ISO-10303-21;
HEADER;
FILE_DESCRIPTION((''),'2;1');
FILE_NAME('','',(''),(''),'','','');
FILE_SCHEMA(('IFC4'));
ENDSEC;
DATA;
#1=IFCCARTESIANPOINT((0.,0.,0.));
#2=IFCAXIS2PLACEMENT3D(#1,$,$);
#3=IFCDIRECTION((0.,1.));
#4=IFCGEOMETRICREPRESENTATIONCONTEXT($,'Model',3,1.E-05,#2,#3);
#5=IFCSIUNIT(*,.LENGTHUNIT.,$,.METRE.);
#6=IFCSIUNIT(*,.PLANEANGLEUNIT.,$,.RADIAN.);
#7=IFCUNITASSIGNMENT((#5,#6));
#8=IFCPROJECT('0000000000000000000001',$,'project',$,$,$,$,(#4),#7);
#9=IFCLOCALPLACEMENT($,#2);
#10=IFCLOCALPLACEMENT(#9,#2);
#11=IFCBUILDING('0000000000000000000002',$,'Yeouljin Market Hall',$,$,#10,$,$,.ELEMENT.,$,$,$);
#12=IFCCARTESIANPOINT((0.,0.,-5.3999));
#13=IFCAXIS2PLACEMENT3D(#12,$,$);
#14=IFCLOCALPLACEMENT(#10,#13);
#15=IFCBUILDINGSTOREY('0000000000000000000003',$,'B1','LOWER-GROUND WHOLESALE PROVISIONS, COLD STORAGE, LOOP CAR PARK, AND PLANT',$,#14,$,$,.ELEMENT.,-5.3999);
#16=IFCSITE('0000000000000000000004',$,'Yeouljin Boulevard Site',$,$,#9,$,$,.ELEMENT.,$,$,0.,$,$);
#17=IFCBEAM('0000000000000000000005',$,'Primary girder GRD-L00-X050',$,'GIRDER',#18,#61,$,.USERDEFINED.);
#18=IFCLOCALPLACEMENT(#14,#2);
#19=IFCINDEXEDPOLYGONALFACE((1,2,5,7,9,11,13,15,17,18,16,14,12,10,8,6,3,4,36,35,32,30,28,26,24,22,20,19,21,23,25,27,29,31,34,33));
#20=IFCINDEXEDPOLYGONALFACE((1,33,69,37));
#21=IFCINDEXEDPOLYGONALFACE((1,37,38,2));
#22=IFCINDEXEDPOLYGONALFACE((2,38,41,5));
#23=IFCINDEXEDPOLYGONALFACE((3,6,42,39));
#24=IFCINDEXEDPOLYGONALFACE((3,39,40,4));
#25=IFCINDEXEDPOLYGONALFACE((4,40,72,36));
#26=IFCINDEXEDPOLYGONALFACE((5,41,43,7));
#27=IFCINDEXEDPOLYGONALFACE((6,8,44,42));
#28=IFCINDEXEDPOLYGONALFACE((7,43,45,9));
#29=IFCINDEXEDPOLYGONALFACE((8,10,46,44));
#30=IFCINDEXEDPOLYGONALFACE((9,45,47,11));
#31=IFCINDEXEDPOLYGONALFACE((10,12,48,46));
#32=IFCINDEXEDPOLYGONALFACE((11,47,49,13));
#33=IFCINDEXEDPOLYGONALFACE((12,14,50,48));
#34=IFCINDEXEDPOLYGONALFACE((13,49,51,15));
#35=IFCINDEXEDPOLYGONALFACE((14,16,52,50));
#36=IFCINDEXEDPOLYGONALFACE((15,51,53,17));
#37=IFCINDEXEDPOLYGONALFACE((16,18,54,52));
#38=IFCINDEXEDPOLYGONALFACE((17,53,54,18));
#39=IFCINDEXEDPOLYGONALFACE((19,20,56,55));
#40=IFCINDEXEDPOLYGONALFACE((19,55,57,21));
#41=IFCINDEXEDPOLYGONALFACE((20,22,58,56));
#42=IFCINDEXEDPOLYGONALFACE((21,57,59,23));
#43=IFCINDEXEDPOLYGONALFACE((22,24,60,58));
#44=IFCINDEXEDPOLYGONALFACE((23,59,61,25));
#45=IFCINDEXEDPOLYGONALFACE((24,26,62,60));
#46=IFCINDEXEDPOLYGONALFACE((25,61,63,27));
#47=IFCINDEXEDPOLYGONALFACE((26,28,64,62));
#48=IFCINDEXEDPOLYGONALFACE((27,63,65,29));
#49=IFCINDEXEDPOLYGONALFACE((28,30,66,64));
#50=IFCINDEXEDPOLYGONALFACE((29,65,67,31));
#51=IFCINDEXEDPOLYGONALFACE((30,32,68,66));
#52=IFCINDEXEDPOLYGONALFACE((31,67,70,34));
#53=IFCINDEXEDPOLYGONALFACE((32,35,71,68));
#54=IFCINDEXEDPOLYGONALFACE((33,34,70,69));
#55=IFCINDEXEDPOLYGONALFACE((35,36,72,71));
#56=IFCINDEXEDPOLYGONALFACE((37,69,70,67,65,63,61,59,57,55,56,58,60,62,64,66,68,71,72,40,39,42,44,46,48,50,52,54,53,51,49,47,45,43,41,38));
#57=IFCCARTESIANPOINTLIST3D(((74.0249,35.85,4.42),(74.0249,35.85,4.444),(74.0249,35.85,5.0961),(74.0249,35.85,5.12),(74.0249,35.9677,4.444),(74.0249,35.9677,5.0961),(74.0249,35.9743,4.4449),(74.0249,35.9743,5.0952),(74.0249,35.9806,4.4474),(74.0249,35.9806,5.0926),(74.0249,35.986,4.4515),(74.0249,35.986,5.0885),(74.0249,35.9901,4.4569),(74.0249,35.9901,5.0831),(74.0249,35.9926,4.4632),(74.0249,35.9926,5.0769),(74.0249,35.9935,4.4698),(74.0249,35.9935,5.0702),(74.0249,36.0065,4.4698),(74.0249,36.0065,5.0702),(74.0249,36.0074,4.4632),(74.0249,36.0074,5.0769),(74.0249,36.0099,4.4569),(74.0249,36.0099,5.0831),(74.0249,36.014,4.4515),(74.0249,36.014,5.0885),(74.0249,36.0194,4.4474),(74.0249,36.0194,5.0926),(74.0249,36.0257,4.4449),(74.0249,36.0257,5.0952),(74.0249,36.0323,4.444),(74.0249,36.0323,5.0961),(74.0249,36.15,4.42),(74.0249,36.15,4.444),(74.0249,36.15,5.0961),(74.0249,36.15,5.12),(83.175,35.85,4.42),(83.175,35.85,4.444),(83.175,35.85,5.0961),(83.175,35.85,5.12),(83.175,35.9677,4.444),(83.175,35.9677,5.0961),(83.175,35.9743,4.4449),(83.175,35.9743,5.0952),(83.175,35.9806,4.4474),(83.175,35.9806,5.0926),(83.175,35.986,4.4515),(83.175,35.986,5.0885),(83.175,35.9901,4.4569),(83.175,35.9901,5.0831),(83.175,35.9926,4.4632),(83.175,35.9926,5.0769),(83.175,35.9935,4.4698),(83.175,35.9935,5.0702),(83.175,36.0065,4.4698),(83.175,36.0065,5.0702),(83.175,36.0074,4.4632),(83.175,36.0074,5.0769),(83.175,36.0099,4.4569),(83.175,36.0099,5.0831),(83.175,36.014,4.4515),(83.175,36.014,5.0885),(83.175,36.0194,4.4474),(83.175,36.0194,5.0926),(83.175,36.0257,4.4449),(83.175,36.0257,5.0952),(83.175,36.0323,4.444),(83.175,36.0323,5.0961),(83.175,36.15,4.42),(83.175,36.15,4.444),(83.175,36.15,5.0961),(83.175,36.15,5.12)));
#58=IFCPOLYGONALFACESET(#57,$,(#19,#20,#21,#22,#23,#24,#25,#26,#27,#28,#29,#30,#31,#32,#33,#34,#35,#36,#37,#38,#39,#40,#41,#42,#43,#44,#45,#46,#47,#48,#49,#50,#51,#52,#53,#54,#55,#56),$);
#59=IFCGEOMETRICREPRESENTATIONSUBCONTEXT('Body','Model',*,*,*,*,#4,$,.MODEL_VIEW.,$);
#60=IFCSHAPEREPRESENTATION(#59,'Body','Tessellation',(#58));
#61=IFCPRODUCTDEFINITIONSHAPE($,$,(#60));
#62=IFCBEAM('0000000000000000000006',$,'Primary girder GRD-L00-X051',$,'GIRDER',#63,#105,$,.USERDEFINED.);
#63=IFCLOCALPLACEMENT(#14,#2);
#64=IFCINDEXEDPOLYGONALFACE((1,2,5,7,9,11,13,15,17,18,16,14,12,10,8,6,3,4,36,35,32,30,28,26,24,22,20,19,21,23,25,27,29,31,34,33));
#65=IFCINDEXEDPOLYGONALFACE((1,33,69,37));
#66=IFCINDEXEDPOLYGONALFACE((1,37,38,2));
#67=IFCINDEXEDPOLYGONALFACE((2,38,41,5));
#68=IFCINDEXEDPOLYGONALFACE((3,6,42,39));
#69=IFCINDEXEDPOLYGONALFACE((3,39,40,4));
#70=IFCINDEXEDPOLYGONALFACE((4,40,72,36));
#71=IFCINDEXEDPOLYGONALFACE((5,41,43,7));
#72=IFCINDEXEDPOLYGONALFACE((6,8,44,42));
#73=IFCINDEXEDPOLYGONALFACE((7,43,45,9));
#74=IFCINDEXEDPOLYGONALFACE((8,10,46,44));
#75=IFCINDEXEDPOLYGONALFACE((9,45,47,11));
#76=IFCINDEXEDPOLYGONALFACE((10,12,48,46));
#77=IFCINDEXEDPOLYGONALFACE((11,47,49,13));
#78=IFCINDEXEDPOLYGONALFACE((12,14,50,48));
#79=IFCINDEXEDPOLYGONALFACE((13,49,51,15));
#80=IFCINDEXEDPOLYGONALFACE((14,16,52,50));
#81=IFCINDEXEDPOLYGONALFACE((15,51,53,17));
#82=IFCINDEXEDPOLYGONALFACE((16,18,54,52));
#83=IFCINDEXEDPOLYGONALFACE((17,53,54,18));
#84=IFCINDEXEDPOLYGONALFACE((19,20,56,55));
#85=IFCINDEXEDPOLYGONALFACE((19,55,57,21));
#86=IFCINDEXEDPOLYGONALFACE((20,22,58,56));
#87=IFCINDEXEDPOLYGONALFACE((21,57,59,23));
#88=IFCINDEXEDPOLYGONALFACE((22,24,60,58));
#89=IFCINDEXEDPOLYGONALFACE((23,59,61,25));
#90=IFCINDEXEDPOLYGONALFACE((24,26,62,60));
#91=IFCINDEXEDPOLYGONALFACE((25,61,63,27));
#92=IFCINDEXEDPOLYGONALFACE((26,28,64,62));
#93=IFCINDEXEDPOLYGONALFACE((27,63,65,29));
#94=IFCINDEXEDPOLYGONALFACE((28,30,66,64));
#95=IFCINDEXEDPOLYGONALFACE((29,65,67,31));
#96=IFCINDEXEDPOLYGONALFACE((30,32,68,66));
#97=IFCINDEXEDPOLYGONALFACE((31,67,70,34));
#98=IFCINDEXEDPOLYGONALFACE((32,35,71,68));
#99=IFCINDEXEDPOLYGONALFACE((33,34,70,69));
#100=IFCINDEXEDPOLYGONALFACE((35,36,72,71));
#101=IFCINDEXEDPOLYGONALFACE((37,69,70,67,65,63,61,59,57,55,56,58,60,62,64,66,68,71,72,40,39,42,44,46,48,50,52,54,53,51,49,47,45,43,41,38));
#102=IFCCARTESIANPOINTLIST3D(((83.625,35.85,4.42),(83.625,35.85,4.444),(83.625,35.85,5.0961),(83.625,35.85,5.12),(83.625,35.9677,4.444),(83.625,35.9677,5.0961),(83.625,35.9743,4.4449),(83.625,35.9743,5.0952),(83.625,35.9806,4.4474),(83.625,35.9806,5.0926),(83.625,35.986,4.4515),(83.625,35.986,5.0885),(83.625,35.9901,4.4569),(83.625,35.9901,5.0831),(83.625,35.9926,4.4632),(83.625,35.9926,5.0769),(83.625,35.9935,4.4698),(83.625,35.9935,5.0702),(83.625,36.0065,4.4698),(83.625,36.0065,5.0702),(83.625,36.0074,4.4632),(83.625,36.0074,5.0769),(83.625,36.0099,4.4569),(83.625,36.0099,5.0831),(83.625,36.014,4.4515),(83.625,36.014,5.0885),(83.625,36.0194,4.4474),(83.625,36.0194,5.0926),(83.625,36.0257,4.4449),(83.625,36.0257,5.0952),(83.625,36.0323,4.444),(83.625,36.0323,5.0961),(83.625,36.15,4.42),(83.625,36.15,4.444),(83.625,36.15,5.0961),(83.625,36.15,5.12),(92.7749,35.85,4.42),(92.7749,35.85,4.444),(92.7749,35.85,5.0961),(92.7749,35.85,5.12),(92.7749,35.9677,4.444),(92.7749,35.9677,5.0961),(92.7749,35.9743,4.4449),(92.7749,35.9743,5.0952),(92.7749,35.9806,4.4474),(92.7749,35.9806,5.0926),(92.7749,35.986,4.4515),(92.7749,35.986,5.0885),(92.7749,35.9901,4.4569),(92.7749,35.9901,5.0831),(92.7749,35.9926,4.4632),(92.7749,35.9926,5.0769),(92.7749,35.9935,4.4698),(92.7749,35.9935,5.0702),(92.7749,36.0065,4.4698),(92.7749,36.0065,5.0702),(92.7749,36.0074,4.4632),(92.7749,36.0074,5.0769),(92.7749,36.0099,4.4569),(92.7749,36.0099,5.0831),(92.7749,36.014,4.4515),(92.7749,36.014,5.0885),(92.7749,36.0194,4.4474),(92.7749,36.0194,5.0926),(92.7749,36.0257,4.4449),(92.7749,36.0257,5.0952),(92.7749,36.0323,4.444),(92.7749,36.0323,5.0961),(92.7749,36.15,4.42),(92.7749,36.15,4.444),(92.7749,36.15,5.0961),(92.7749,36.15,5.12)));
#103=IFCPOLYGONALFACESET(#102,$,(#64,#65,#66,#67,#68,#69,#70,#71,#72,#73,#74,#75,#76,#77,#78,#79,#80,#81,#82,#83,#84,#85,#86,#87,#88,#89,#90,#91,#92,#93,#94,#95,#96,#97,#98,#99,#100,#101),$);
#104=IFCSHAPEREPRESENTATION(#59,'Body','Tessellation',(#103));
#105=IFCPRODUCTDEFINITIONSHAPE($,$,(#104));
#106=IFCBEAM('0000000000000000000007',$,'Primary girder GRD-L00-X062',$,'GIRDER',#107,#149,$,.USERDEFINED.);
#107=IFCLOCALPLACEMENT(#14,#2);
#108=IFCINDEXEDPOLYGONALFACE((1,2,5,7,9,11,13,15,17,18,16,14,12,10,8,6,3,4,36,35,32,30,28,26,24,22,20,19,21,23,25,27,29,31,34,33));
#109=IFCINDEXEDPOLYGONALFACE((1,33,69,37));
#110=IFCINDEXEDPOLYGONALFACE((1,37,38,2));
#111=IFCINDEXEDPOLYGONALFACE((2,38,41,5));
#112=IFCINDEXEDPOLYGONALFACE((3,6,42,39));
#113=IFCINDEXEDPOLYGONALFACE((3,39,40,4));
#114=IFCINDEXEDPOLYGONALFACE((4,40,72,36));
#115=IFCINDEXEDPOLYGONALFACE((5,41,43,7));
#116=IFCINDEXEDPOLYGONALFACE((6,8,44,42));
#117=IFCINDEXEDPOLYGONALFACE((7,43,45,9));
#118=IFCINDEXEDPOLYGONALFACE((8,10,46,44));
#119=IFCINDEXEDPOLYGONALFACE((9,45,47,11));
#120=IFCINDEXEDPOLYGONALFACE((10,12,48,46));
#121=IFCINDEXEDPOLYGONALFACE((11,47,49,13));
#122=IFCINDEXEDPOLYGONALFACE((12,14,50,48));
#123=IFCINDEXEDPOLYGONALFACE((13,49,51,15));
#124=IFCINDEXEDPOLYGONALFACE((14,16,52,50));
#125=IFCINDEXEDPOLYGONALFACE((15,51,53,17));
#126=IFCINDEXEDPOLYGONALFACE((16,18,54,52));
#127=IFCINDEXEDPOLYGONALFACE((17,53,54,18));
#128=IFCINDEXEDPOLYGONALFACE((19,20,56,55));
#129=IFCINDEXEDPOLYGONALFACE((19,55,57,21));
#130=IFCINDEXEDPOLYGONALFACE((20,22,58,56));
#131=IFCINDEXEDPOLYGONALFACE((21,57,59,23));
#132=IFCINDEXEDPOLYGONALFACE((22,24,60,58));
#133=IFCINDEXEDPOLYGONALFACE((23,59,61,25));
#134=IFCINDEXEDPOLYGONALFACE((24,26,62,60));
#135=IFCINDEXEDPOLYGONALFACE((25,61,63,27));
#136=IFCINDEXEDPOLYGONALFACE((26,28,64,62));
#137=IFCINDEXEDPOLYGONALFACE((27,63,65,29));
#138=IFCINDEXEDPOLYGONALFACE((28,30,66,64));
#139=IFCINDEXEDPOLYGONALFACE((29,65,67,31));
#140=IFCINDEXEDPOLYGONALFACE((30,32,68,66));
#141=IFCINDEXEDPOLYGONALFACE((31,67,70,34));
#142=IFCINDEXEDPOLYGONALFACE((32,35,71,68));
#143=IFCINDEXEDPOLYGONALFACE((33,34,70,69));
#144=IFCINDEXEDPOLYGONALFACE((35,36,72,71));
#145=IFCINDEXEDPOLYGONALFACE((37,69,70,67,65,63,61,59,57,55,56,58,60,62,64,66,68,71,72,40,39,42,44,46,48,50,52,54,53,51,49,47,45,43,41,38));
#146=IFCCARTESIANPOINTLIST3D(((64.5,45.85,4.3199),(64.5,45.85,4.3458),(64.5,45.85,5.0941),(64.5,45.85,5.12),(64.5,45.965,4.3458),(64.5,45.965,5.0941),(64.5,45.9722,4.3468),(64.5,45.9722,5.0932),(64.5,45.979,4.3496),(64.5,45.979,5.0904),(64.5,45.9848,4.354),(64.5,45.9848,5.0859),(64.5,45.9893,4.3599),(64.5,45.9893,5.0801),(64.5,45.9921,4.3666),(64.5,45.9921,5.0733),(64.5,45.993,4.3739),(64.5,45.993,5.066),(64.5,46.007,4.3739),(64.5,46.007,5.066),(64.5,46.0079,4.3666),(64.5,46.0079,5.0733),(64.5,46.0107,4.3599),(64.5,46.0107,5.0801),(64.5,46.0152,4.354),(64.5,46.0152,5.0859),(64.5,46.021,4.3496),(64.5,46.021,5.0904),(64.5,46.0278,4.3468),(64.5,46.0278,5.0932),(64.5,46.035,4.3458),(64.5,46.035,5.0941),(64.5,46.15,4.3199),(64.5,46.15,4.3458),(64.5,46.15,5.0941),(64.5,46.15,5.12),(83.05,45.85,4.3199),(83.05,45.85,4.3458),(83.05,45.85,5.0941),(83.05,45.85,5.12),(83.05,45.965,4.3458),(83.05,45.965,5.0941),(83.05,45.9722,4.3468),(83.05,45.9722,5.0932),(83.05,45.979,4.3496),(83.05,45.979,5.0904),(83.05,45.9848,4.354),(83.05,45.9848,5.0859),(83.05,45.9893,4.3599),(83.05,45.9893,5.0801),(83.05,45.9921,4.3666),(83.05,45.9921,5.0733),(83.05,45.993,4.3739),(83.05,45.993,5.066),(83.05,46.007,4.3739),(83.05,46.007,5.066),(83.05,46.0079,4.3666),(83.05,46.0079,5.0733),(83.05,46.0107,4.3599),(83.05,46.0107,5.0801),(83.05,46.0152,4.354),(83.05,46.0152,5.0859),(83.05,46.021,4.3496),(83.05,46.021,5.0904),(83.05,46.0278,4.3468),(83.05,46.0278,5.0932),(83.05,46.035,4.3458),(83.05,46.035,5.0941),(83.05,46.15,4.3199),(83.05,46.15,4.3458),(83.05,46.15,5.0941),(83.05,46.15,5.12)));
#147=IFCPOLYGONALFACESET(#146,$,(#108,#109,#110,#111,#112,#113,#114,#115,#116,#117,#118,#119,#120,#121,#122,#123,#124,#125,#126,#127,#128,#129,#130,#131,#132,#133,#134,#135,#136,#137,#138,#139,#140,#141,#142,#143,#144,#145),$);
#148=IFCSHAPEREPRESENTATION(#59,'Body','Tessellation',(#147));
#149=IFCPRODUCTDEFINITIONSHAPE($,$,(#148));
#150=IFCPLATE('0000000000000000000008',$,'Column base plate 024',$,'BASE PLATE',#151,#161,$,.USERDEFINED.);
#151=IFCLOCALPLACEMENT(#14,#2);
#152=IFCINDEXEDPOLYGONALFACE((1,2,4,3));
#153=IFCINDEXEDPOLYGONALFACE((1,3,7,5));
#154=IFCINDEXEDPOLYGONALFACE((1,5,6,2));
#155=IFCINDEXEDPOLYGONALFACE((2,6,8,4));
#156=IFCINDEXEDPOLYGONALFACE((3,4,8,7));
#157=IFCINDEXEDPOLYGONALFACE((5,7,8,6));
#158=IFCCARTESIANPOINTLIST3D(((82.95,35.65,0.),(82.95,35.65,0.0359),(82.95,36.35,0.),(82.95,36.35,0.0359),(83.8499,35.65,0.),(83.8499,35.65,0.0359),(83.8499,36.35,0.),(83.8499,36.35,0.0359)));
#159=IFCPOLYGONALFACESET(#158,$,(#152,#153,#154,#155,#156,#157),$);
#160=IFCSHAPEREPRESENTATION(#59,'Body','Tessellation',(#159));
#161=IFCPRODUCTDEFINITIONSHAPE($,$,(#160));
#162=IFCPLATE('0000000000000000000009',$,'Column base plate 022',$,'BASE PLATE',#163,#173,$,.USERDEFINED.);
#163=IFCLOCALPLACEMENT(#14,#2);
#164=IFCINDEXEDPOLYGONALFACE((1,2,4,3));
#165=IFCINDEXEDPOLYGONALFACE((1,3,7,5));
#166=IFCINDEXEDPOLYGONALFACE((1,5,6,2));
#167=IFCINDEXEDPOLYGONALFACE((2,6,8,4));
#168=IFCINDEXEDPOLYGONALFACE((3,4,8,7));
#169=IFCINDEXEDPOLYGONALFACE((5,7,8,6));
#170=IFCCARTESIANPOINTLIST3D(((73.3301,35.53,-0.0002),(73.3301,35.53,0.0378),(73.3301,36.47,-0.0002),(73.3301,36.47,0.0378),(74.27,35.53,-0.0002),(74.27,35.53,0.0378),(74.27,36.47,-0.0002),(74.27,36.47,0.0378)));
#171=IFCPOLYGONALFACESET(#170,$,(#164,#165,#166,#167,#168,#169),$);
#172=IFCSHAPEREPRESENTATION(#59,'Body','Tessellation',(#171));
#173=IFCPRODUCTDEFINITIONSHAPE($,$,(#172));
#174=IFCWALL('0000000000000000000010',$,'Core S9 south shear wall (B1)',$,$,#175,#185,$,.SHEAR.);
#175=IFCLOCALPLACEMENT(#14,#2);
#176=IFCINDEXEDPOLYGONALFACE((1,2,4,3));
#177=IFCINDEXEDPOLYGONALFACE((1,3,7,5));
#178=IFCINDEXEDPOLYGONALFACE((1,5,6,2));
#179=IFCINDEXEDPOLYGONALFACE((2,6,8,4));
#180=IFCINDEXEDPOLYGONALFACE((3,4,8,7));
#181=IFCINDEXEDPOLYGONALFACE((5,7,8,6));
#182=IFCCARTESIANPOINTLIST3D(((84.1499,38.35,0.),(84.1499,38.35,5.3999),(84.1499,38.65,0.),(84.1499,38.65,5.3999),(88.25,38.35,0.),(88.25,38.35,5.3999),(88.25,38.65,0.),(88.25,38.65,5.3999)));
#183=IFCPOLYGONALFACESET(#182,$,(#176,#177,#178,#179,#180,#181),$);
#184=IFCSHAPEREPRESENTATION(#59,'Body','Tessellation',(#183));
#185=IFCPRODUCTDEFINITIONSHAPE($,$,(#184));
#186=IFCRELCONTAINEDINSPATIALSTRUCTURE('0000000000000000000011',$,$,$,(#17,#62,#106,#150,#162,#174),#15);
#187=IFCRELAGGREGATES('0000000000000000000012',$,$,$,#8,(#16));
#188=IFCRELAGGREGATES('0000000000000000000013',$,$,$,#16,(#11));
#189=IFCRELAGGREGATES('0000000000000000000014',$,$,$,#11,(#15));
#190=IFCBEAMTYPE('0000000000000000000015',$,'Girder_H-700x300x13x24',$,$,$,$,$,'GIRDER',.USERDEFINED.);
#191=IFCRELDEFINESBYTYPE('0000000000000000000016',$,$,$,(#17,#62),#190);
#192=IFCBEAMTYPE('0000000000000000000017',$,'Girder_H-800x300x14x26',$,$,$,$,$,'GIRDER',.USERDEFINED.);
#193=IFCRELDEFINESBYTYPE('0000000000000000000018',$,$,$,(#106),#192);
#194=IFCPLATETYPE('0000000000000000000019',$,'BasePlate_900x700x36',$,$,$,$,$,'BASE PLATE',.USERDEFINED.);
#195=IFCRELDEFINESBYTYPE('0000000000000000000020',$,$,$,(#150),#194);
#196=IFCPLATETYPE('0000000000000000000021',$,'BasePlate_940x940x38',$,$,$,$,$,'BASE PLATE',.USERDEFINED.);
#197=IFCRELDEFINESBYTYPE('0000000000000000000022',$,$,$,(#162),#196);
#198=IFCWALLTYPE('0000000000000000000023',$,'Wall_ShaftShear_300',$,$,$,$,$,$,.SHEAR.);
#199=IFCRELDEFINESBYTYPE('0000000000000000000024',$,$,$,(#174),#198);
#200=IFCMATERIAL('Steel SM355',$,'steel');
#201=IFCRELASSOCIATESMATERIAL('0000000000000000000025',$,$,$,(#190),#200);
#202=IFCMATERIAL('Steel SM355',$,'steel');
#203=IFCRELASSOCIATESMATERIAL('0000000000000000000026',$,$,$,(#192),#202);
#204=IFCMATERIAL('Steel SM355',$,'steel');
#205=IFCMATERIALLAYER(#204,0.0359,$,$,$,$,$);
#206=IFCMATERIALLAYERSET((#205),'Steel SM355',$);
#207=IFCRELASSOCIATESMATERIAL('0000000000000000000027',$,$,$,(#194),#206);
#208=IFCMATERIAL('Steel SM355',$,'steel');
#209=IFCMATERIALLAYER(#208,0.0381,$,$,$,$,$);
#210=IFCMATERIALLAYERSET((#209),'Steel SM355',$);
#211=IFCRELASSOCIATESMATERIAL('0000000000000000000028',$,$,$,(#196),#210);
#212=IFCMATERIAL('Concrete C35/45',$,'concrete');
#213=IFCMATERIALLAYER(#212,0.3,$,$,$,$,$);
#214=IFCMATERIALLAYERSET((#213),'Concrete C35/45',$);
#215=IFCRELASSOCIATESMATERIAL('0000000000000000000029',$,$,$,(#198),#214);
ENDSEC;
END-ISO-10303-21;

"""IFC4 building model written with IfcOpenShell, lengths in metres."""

from ifc_helpers import new_model, si_unit, direction, frame, frame_2d, origin, origin_2d, place, context, subcontext, project, spatial, rectangle, i_section, extrude, material, layer, layer_set, material_profile, profile_set, type_object, element, save


model = new_model("IFC4")

# Units and contexts
model_context = context("Model", 3, precision=1e-05, world=origin(), true_north=direction((0.0, 1.0)))
body_context = subcontext(model_context, "Body", "Model", "MODEL_VIEW")
ifc_project = project(units=[si_unit("LENGTHUNIT", "METRE"), si_unit("PLANEANGLEUNIT", "RADIAN")], contexts=[model_context])

# Site, building, storey
site_placement = place(None, origin())
site = spatial("IfcSite", under=ifc_project, at=site_placement, Name="Yeouljin Boulevard Site", CompositionType="ELEMENT", RefElevation=0.0)
building_placement = place(site_placement, origin())
building = spatial("IfcBuilding", under=site, at=building_placement, Name="Yeouljin Market Hall", CompositionType="ELEMENT")
storey_placement = place(building_placement, frame((0.0, 0.0, -5.3999)))
storey = spatial("IfcBuildingStorey", under=building, at=storey_placement, Name="B1", Description="LOWER-GROUND WHOLESALE PROVISIONS, COLD STORAGE, LOOP CAR PARK, AND PLANT", CompositionType="ELEMENT", Elevation=-5.3999)

# Beams
ifc_material_1 = material(Name="Steel SM355", Category="steel")
ifc_material_profile_1 = material_profile(ifc_material_1, i_section(OverallWidth=0.3, OverallDepth=0.7, WebThickness=0.0129, FlangeThickness=0.0239, FilletRadius=0.0259, at=origin_2d()), Name="H-700x300x13x24")
ifc_profile_set_1 = profile_set([ifc_material_profile_1], Name="Steel SM355")
beam_type_1 = type_object("IfcBeamType", Name="Girder_H-700x300x13x24", ElementType="GIRDER", PredefinedType="USERDEFINED", material=ifc_profile_set_1)
beam_1_placement = place(storey_placement, frame((74.0249, 36.0, 4.77), z_axis=(1.0, 0.0, 0.0), x_axis=(0.0, 1.0, 0.0)))
element("IfcBeam", 1, at=beam_1_placement, inside=storey, type_object=beam_type_1, Name="Primary girder GRD-L00-X050", ObjectType="GIRDER", PredefinedType="USERDEFINED", context=body_context, shape_type="SweptSolid", body=[
    extrude(i_section(OverallWidth=0.3, OverallDepth=0.7, WebThickness=0.0129, FlangeThickness=0.0239, FilletRadius=0.0259, at=origin_2d()), origin(), (0.0, 0.0, 1.0), 9.1501),
])
beam_2_placement = place(storey_placement, frame((83.625, 36.0, 4.77), z_axis=(1.0, 0.0, 0.0), x_axis=(0.0, 1.0, 0.0)))
element("IfcBeam", 2, at=beam_2_placement, inside=storey, type_object=beam_type_1, Name="Primary girder GRD-L00-X051", ObjectType="GIRDER", PredefinedType="USERDEFINED", context=body_context, shape_type="SweptSolid", body=[
    extrude(i_section(OverallWidth=0.3, OverallDepth=0.7, WebThickness=0.0129, FlangeThickness=0.0239, FilletRadius=0.0259, at=origin_2d()), origin(), (0.0, 0.0, 1.0), 9.1499),
])
ifc_material_2 = material(Name="Steel SM355", Category="steel")
ifc_material_profile_2 = material_profile(ifc_material_2, i_section(OverallWidth=0.3, OverallDepth=0.8, WebThickness=0.0139, FlangeThickness=0.0259, FilletRadius=0.0281, at=origin_2d()), Name="H-800x300x14x26")
ifc_profile_set_2 = profile_set([ifc_material_profile_2], Name="Steel SM355")
beam_type_2 = type_object("IfcBeamType", Name="Girder_H-800x300x14x26", ElementType="GIRDER", PredefinedType="USERDEFINED", material=ifc_profile_set_2)
beam_3_placement = place(storey_placement, frame((64.5, 46.0, 4.72), z_axis=(1.0, 0.0, 0.0), x_axis=(0.0, 1.0, 0.0)))
element("IfcBeam", 3, at=beam_3_placement, inside=storey, type_object=beam_type_2, Name="Primary girder GRD-L00-X062", ObjectType="GIRDER", PredefinedType="USERDEFINED", context=body_context, shape_type="SweptSolid", body=[
    extrude(i_section(OverallWidth=0.3, OverallDepth=0.8, WebThickness=0.0139, FlangeThickness=0.0259, FilletRadius=0.0281, at=origin_2d()), origin(), (0.0, 0.0, 1.0), 18.55),
])

# Plates
ifc_material_3 = material(Name="Steel SM355", Category="steel")
ifc_layer_1 = layer(ifc_material_3, 0.0359)
ifc_layer_set_1 = layer_set([ifc_layer_1], Name="Steel SM355")
plate_type_1 = type_object("IfcPlateType", Name="BasePlate_900x700x36", ElementType="BASE PLATE", PredefinedType="USERDEFINED", material=ifc_layer_set_1)
plate_1_placement = place(storey_placement, frame((83.3999, 36.0, 0.0), z_axis=(0.0, 0.0, 1.0), x_axis=(1.0, 0.0, 0.0)))
element("IfcPlate", 4, at=plate_1_placement, inside=storey, type_object=plate_type_1, Name="Column base plate 024", ObjectType="BASE PLATE", PredefinedType="USERDEFINED", context=body_context, shape_type="SweptSolid", body=[
    extrude(rectangle(XDim=0.8999, YDim=0.7, at=origin_2d()), origin(), (0.0, 0.0, 1.0), 0.0359),
])
ifc_material_4 = material(Name="Steel SM355", Category="steel")
ifc_layer_2 = layer(ifc_material_4, 0.0381)
ifc_layer_set_2 = layer_set([ifc_layer_2], Name="Steel SM355")
plate_type_2 = type_object("IfcPlateType", Name="BasePlate_940x940x38", ElementType="BASE PLATE", PredefinedType="USERDEFINED", material=ifc_layer_set_2)
plate_2_placement = place(storey_placement, frame((73.8, 36.0, -0.0002), z_axis=(0.0, 0.0, 1.0), x_axis=(1.0, 0.0, 0.0)))
element("IfcPlate", 5, at=plate_2_placement, inside=storey, type_object=plate_type_2, Name="Column base plate 022", ObjectType="BASE PLATE", PredefinedType="USERDEFINED", context=body_context, shape_type="SweptSolid", body=[
    extrude(rectangle(XDim=0.9399, YDim=0.9399, at=origin_2d()), origin(), (0.0, 0.0, 1.0), 0.0381),
])

# Wall
ifc_material_5 = material(Name="Concrete C35/45", Category="concrete")
ifc_layer_3 = layer(ifc_material_5, 0.3)
ifc_layer_set_3 = layer_set([ifc_layer_3], Name="Concrete C35/45")
wall_type = type_object("IfcWallType", Name="Wall_ShaftShear_300", PredefinedType="SHEAR", material=ifc_layer_set_3)
wall_1_placement = place(storey_placement, frame((84.1499, 38.5, 0.0), z_axis=(0.0, 0.0, 1.0), x_axis=(1.0, 0.0, 0.0)))
element("IfcWall", 6, at=wall_1_placement, inside=storey, type_object=wall_type, Name="Core S9 south shear wall (B1)", PredefinedType="SHEAR", context=body_context, shape_type="SweptSolid", body=[
    extrude(rectangle(XDim=4.1001, YDim=0.3, at=frame_2d((2.05, 0.0))), origin(), (0.0, 0.0, 1.0), 5.3999),
])

save(model, "model.ifc")
